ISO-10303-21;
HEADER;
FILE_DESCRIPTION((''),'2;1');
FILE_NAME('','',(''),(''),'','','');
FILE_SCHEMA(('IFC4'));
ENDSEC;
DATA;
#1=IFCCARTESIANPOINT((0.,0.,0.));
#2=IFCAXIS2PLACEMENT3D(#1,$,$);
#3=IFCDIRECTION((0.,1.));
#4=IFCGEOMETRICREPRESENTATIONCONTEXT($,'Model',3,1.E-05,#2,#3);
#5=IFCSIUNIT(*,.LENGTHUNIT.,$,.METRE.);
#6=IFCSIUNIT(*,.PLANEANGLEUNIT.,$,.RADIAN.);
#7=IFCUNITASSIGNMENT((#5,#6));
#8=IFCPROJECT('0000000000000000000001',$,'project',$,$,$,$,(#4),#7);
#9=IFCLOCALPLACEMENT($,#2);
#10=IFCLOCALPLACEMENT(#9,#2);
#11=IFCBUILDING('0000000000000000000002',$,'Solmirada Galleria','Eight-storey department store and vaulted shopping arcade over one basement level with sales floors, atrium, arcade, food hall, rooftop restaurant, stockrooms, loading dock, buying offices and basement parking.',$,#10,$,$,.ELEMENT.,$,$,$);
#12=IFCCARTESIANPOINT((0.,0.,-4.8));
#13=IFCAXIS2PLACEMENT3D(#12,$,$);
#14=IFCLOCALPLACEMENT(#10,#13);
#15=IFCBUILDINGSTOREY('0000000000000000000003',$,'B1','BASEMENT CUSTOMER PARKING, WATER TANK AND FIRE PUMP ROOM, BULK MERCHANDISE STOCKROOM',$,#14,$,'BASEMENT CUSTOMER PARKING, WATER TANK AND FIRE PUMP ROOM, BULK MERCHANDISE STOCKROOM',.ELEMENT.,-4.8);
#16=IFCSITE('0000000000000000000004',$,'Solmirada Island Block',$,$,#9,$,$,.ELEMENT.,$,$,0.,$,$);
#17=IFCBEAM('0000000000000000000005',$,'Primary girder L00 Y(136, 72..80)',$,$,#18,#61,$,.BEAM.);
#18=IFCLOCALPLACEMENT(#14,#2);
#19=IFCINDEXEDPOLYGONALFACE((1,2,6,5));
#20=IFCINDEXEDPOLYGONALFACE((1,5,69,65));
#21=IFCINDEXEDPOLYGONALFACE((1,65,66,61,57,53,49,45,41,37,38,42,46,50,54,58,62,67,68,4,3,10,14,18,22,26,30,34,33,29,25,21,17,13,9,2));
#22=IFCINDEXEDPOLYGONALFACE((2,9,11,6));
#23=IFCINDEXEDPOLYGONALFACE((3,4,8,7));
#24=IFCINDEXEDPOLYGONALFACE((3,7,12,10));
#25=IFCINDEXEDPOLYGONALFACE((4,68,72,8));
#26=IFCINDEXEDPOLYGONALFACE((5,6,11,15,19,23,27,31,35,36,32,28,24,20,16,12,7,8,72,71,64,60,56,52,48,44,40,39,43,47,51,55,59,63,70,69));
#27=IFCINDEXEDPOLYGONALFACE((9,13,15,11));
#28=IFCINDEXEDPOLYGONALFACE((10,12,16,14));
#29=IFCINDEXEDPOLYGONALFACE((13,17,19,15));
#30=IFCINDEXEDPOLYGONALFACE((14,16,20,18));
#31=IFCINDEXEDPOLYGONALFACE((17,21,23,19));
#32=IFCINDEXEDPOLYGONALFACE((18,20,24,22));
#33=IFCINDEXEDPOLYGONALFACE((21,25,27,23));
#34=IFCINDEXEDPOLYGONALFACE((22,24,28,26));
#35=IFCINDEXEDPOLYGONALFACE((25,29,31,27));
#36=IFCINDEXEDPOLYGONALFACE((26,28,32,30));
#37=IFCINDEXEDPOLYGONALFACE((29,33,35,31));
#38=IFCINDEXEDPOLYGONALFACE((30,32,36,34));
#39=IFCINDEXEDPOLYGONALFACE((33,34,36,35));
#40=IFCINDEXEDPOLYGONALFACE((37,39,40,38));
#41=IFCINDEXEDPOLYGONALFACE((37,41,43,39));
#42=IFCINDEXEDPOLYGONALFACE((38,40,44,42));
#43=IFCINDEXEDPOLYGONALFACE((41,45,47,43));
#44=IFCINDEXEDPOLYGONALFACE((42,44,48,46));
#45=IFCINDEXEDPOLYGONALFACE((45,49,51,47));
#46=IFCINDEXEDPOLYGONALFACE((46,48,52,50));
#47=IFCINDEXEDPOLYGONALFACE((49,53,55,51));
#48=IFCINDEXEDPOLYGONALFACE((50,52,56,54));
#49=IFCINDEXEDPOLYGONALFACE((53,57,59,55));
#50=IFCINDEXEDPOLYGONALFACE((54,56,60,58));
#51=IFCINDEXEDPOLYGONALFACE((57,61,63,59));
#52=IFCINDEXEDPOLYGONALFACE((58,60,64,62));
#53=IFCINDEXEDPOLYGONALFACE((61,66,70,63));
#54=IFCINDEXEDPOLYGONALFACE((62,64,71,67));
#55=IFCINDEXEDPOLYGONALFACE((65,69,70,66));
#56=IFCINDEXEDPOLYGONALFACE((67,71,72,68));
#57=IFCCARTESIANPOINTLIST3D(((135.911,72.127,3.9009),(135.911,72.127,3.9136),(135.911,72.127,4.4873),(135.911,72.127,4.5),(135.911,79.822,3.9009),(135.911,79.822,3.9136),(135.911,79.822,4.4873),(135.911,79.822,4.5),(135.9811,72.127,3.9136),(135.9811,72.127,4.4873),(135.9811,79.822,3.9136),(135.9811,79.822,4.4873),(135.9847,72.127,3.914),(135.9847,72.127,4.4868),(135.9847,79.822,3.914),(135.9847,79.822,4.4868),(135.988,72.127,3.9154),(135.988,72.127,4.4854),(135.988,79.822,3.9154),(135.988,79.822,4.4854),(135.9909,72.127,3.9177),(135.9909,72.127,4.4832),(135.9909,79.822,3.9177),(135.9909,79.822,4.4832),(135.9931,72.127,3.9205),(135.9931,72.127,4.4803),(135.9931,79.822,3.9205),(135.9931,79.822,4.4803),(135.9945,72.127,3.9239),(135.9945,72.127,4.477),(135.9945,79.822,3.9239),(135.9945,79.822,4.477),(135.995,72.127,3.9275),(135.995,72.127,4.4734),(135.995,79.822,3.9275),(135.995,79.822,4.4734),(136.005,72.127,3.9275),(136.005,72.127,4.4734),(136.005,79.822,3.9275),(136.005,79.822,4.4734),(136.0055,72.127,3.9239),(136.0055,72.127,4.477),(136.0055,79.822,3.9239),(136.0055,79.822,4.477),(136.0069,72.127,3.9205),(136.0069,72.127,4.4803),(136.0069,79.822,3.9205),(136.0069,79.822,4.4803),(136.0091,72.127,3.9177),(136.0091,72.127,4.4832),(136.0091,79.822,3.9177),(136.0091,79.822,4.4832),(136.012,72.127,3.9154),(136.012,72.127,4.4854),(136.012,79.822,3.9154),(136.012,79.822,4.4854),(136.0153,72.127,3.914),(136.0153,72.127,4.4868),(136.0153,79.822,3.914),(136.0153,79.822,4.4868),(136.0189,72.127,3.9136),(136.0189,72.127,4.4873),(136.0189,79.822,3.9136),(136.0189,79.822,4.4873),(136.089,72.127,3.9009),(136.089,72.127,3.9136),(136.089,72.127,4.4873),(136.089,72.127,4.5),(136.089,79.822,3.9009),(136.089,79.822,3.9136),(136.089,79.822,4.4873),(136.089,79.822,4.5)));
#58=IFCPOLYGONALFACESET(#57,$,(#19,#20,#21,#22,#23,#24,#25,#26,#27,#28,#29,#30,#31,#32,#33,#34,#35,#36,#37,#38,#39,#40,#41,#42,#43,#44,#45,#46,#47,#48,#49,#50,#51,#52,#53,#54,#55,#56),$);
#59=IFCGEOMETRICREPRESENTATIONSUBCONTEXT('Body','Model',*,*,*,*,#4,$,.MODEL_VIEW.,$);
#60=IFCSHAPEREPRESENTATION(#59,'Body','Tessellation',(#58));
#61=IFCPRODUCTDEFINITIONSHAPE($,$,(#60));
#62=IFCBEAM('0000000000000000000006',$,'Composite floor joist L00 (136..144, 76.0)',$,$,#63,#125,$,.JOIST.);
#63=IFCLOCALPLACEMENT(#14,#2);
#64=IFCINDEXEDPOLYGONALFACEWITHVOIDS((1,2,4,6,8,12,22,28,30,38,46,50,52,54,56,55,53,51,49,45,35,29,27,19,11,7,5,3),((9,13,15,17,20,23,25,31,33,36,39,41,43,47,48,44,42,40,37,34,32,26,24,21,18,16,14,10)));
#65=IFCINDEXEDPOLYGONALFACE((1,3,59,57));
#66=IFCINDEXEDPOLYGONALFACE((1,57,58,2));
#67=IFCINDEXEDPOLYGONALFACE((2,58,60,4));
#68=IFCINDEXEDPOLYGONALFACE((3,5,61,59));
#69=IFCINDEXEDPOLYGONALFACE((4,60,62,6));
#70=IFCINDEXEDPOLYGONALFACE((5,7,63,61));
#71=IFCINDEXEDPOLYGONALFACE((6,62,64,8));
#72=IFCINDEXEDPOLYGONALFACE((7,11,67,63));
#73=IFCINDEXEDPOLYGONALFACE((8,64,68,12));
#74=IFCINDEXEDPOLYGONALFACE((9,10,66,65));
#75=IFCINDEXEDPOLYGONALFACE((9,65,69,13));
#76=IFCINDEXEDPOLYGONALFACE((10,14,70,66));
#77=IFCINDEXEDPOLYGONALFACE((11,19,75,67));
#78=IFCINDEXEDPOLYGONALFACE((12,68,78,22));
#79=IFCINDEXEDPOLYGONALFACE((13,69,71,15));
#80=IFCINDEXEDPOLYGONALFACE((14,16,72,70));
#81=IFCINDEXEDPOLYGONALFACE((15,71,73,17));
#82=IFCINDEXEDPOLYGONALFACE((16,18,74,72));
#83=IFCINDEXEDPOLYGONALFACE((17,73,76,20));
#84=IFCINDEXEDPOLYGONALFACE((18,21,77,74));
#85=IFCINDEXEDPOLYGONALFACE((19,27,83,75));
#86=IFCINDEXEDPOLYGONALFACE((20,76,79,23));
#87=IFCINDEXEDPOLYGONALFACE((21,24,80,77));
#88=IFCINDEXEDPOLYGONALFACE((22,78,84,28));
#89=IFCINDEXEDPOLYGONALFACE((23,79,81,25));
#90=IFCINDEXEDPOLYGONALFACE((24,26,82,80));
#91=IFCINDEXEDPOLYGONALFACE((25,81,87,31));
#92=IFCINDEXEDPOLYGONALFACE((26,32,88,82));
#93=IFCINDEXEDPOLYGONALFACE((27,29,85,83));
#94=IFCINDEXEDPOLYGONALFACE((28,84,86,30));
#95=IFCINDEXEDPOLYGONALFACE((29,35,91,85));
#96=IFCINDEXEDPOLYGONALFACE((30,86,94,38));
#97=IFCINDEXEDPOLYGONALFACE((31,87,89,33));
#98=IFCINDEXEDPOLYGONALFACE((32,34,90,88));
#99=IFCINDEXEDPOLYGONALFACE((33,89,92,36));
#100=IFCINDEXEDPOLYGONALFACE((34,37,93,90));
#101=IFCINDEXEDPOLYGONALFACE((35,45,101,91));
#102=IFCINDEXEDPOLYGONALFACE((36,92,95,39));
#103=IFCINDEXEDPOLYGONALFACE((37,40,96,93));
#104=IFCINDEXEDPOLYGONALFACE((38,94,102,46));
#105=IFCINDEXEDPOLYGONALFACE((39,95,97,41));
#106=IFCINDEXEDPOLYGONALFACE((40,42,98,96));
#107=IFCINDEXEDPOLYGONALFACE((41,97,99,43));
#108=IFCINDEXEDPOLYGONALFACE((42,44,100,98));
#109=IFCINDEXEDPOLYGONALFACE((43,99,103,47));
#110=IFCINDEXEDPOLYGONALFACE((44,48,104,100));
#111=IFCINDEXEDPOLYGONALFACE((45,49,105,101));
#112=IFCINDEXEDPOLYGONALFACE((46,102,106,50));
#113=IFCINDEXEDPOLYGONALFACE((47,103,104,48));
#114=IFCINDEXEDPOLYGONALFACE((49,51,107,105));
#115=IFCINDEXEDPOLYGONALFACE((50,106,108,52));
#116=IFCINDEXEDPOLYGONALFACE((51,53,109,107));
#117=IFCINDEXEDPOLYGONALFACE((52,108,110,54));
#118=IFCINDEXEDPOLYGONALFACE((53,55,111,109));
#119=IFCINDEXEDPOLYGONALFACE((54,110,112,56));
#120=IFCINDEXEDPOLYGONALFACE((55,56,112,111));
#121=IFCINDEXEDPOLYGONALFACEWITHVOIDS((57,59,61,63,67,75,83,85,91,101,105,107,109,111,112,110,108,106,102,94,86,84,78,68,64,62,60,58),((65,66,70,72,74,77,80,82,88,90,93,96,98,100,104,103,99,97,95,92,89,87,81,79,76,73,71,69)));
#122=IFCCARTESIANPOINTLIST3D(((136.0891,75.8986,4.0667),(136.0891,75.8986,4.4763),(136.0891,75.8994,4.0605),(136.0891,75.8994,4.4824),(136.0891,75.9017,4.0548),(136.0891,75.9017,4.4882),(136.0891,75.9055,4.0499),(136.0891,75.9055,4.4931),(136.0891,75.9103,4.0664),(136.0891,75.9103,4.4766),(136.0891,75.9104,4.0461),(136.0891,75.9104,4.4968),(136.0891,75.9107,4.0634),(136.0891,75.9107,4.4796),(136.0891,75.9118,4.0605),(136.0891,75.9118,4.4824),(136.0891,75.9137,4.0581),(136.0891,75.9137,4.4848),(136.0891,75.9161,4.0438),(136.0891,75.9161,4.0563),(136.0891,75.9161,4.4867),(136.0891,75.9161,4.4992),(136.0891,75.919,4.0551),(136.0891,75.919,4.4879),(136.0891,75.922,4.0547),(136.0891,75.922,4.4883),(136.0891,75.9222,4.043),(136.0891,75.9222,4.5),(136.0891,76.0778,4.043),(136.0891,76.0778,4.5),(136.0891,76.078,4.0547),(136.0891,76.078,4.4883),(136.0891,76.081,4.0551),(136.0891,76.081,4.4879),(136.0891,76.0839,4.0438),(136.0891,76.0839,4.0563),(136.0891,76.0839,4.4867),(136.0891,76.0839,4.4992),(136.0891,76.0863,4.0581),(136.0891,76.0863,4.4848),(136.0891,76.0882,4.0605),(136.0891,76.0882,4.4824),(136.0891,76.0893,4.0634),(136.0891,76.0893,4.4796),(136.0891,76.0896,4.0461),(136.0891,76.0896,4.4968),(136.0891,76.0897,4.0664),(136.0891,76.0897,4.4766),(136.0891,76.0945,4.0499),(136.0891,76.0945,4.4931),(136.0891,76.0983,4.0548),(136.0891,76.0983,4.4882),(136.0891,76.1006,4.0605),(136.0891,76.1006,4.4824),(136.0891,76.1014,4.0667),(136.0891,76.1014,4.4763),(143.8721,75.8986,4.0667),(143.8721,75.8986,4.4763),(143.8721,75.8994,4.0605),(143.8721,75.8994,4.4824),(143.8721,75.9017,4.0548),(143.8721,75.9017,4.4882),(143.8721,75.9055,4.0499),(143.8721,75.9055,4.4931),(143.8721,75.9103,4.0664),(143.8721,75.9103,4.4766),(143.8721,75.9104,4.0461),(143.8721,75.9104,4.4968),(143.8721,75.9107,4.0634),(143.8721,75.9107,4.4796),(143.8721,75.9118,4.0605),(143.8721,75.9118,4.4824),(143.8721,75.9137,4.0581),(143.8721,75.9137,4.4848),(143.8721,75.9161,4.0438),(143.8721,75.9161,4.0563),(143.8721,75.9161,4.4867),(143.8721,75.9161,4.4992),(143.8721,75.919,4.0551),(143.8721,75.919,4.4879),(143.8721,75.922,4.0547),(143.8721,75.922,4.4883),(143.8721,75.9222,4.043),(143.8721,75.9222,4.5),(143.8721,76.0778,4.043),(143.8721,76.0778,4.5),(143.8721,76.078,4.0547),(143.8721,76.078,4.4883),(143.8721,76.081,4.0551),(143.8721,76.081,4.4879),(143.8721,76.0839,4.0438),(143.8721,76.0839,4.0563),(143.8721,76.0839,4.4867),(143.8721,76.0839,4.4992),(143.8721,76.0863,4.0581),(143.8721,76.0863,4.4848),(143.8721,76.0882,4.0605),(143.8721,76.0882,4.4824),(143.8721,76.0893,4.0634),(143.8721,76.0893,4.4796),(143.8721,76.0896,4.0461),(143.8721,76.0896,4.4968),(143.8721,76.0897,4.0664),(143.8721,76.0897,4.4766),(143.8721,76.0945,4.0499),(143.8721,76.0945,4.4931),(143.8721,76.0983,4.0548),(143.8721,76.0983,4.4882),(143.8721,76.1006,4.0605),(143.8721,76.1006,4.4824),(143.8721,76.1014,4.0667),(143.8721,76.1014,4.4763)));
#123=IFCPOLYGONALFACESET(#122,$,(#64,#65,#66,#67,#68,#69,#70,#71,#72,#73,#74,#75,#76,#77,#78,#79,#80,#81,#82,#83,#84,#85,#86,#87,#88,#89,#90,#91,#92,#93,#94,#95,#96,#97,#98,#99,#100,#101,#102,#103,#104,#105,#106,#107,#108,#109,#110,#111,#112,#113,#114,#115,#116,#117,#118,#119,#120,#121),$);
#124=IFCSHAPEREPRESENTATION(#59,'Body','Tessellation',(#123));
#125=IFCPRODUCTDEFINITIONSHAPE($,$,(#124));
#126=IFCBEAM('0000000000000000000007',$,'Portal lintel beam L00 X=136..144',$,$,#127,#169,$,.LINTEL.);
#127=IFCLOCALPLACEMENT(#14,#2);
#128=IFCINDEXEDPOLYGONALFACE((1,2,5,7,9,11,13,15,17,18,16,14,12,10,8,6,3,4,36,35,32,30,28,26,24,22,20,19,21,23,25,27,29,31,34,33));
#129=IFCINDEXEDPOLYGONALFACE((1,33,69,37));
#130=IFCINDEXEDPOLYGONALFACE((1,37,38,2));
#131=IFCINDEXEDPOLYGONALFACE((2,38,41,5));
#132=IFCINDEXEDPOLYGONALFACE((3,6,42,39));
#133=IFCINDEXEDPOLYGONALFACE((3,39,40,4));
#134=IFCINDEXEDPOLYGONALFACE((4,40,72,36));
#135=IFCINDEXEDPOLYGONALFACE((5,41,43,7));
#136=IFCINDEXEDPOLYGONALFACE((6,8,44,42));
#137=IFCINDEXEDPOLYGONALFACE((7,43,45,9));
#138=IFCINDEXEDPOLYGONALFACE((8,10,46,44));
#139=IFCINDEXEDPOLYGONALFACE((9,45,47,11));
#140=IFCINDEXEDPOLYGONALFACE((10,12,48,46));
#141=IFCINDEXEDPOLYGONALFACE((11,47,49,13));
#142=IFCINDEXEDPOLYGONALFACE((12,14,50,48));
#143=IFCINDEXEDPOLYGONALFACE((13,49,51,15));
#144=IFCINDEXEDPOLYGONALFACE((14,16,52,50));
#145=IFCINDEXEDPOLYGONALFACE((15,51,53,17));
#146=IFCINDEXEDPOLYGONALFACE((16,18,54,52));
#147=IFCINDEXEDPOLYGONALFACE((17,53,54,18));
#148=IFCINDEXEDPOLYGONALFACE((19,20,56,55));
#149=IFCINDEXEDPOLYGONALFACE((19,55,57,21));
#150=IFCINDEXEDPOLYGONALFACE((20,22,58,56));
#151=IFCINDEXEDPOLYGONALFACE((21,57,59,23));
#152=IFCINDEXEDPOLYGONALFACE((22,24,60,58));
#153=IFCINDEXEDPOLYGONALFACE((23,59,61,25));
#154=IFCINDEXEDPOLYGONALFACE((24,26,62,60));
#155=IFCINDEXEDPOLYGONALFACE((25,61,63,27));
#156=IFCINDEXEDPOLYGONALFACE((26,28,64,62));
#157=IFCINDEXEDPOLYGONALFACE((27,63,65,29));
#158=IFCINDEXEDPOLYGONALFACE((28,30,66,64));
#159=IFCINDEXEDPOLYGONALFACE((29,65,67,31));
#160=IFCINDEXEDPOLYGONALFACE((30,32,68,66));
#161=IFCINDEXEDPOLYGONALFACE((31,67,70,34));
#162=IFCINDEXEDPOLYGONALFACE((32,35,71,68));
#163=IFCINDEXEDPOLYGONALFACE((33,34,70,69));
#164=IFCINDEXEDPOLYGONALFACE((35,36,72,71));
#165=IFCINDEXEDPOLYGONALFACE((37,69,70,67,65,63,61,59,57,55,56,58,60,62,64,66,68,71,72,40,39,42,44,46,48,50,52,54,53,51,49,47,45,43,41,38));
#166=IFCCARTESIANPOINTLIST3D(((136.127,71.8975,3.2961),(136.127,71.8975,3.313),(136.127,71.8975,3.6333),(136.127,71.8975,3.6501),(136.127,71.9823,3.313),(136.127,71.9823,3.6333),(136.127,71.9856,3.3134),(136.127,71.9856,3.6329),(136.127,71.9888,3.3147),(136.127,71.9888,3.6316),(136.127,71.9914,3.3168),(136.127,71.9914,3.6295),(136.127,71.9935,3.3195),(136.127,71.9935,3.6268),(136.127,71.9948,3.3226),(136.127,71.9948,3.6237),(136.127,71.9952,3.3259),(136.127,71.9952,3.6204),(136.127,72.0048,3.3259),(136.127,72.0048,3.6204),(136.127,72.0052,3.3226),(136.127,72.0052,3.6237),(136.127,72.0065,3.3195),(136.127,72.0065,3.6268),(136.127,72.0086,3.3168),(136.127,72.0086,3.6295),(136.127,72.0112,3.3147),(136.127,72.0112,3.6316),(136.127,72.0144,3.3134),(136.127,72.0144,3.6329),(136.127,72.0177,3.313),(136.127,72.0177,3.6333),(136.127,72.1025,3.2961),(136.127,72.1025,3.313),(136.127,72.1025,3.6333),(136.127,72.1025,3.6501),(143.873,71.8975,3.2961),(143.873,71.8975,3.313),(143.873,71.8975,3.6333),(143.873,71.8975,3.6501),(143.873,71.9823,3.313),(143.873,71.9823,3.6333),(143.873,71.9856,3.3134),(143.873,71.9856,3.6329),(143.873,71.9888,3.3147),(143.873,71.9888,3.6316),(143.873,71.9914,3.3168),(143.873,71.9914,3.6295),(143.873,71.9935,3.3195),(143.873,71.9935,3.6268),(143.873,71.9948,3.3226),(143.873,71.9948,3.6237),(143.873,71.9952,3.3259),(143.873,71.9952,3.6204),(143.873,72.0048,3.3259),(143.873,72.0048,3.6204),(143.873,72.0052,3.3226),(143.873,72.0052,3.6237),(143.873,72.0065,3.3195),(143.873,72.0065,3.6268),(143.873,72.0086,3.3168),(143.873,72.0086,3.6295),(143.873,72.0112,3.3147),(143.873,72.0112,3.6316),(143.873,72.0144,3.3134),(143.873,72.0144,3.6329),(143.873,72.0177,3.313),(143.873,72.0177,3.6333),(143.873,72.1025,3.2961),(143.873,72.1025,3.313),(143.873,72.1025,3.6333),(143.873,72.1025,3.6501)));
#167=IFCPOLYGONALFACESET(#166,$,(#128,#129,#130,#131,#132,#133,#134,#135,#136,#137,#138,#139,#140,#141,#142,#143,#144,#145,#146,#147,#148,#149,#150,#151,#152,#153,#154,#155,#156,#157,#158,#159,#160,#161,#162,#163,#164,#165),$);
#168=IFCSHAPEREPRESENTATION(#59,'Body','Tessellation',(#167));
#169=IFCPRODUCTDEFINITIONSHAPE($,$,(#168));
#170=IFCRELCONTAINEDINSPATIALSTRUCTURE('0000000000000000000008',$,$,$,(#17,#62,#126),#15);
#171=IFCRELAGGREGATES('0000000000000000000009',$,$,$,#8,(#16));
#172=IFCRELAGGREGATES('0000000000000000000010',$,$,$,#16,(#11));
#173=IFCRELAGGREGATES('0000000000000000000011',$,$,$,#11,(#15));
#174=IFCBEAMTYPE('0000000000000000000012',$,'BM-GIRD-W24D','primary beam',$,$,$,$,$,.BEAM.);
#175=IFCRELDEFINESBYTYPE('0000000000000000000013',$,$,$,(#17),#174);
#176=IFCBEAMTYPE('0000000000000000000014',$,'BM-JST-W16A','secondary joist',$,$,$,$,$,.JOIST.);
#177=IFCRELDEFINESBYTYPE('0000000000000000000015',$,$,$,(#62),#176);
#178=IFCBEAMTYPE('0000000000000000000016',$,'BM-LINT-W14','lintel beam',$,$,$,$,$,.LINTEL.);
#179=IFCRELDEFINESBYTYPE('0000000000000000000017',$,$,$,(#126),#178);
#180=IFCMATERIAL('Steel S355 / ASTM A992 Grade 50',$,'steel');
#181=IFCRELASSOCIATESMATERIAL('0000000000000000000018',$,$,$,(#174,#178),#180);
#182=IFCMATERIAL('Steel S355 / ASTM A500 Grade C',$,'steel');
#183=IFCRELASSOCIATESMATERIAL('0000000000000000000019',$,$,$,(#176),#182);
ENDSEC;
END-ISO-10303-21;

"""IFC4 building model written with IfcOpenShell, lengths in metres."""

from ifc_helpers import new_model, si_unit, direction, frame, origin, origin_2d, place, context, subcontext, project, spatial, hollow_rectangle, i_section, extrude, material, material_profile, profile_set, type_object, element, save


model = new_model("IFC4")

# Units and contexts
model_context = context("Model", 3, precision=1e-05, world=origin(), true_north=direction((0.0, 1.0)))
body_context = subcontext(model_context, "Body", "Model", "MODEL_VIEW")
ifc_project = project(units=[si_unit("LENGTHUNIT", "METRE"), si_unit("PLANEANGLEUNIT", "RADIAN")], contexts=[model_context])

# Site, building, storey
site_placement = place(None, origin())
site = spatial("IfcSite", under=ifc_project, at=site_placement, Name="Solmirada Island Block", CompositionType="ELEMENT", RefElevation=0.0)
building_placement = place(site_placement, origin())
building = spatial("IfcBuilding", under=site, at=building_placement, Name="Solmirada Galleria", Description="Eight-storey department store and vaulted shopping arcade over one basement level with sales floors, atrium, arcade, food hall, rooftop restaurant, stockrooms, loading dock, buying offices and basement parking.", CompositionType="ELEMENT")
storey_placement = place(building_placement, frame((0.0, 0.0, -4.8)))
storey = spatial("IfcBuildingStorey", under=building, at=storey_placement, Name="B1", Description="BASEMENT CUSTOMER PARKING, WATER TANK AND FIRE PUMP ROOM, BULK MERCHANDISE STOCKROOM", LongName="BASEMENT CUSTOMER PARKING, WATER TANK AND FIRE PUMP ROOM, BULK MERCHANDISE STOCKROOM", CompositionType="ELEMENT", Elevation=-4.8)

# Shared definitions
ifc_material_1 = material(Name="Steel S355 / ASTM A500 Grade C", Category="steel")

# Beams
ifc_material_2 = material(Name="Steel S355 / ASTM A992 Grade 50", Category="steel")
ifc_material_profile_1 = material_profile(ifc_material_2, i_section(OverallWidth=0.178, OverallDepth=0.5991, WebThickness=0.01, FlangeThickness=0.0127, FilletRadius=0.0139, at=origin_2d()), Name="W24X55")
ifc_profile_set_1 = profile_set([ifc_material_profile_1], Name="Steel S355 / ASTM A992 Grade 50")
beam_type_1 = type_object("IfcBeamType", Name="BM-GIRD-W24D", Description="primary beam", PredefinedType="BEAM", material=ifc_profile_set_1)
beam_1_placement = place(storey_placement, frame((136.0, 72.127, 4.2004), z_axis=(0.0, 1.0, 0.0), x_axis=(-1.0, 0.0, 0.0)))
element("IfcBeam", 1, at=beam_1_placement, inside=storey, type_object=beam_type_1, Name="Primary girder L00 Y(136, 72..80)", PredefinedType="BEAM", context=body_context, shape_type="SweptSolid", body=[
    extrude(i_section(OverallWidth=0.178, OverallDepth=0.5991, WebThickness=0.01, FlangeThickness=0.0127, FilletRadius=0.0139, at=origin_2d()), origin(), (0.0, 0.0, 1.0), 7.6951),
])
ifc_material_profile_2 = material_profile(ifc_material_1, hollow_rectangle(XDim=0.2029, YDim=0.457, WallThickness=0.0117, InnerFilletRadius=0.0117, OuterFilletRadius=0.0237, at=origin_2d()), Name="HSS18X8X1/2")
ifc_profile_set_2 = profile_set([ifc_material_profile_2], Name="Steel S355 / ASTM A500 Grade C")
beam_type_2 = type_object("IfcBeamType", Name="BM-JST-W16A", Description="secondary joist", PredefinedType="JOIST", material=ifc_profile_set_2)
beam_2_placement = place(storey_placement, frame((136.0891, 76.0, 4.2715), z_axis=(1.0, 0.0, 0.0), x_axis=(0.0, 1.0, 0.0)))
element("IfcBeam", 2, at=beam_2_placement, inside=storey, type_object=beam_type_2, Name="Composite floor joist L00 (136..144, 76.0)", PredefinedType="JOIST", context=body_context, shape_type="SweptSolid", body=[
    extrude(hollow_rectangle(XDim=0.2029, YDim=0.457, WallThickness=0.0117, InnerFilletRadius=0.0117, OuterFilletRadius=0.0237, at=origin_2d()), origin(), (0.0, 0.0, 1.0), 7.783),
])
ifc_material_profile_3 = material_profile(ifc_material_2, i_section(OverallWidth=0.2051, OverallDepth=0.354, WebThickness=0.0095, FlangeThickness=0.0168, FilletRadius=0.0129, at=origin_2d()), Name="W14X53")
ifc_profile_set_3 = profile_set([ifc_material_profile_3], Name="Steel S355 / ASTM A992 Grade 50")
beam_type_3 = type_object("IfcBeamType", Name="BM-LINT-W14", Description="lintel beam", PredefinedType="LINTEL", material=ifc_profile_set_3)
beam_3_placement = place(storey_placement, frame((136.127, 72.0, 3.4731), z_axis=(1.0, 0.0, 0.0), x_axis=(0.0, 1.0, 0.0)))
element("IfcBeam", 3, at=beam_3_placement, inside=storey, type_object=beam_type_3, Name="Portal lintel beam L00 X=136..144", PredefinedType="LINTEL", context=body_context, shape_type="SweptSolid", body=[
    extrude(i_section(OverallWidth=0.2051, OverallDepth=0.354, WebThickness=0.0095, FlangeThickness=0.0168, FilletRadius=0.0129, at=origin_2d()), origin(), (0.0, 0.0, 1.0), 7.7461),
])

save(model, "model.ifc")
